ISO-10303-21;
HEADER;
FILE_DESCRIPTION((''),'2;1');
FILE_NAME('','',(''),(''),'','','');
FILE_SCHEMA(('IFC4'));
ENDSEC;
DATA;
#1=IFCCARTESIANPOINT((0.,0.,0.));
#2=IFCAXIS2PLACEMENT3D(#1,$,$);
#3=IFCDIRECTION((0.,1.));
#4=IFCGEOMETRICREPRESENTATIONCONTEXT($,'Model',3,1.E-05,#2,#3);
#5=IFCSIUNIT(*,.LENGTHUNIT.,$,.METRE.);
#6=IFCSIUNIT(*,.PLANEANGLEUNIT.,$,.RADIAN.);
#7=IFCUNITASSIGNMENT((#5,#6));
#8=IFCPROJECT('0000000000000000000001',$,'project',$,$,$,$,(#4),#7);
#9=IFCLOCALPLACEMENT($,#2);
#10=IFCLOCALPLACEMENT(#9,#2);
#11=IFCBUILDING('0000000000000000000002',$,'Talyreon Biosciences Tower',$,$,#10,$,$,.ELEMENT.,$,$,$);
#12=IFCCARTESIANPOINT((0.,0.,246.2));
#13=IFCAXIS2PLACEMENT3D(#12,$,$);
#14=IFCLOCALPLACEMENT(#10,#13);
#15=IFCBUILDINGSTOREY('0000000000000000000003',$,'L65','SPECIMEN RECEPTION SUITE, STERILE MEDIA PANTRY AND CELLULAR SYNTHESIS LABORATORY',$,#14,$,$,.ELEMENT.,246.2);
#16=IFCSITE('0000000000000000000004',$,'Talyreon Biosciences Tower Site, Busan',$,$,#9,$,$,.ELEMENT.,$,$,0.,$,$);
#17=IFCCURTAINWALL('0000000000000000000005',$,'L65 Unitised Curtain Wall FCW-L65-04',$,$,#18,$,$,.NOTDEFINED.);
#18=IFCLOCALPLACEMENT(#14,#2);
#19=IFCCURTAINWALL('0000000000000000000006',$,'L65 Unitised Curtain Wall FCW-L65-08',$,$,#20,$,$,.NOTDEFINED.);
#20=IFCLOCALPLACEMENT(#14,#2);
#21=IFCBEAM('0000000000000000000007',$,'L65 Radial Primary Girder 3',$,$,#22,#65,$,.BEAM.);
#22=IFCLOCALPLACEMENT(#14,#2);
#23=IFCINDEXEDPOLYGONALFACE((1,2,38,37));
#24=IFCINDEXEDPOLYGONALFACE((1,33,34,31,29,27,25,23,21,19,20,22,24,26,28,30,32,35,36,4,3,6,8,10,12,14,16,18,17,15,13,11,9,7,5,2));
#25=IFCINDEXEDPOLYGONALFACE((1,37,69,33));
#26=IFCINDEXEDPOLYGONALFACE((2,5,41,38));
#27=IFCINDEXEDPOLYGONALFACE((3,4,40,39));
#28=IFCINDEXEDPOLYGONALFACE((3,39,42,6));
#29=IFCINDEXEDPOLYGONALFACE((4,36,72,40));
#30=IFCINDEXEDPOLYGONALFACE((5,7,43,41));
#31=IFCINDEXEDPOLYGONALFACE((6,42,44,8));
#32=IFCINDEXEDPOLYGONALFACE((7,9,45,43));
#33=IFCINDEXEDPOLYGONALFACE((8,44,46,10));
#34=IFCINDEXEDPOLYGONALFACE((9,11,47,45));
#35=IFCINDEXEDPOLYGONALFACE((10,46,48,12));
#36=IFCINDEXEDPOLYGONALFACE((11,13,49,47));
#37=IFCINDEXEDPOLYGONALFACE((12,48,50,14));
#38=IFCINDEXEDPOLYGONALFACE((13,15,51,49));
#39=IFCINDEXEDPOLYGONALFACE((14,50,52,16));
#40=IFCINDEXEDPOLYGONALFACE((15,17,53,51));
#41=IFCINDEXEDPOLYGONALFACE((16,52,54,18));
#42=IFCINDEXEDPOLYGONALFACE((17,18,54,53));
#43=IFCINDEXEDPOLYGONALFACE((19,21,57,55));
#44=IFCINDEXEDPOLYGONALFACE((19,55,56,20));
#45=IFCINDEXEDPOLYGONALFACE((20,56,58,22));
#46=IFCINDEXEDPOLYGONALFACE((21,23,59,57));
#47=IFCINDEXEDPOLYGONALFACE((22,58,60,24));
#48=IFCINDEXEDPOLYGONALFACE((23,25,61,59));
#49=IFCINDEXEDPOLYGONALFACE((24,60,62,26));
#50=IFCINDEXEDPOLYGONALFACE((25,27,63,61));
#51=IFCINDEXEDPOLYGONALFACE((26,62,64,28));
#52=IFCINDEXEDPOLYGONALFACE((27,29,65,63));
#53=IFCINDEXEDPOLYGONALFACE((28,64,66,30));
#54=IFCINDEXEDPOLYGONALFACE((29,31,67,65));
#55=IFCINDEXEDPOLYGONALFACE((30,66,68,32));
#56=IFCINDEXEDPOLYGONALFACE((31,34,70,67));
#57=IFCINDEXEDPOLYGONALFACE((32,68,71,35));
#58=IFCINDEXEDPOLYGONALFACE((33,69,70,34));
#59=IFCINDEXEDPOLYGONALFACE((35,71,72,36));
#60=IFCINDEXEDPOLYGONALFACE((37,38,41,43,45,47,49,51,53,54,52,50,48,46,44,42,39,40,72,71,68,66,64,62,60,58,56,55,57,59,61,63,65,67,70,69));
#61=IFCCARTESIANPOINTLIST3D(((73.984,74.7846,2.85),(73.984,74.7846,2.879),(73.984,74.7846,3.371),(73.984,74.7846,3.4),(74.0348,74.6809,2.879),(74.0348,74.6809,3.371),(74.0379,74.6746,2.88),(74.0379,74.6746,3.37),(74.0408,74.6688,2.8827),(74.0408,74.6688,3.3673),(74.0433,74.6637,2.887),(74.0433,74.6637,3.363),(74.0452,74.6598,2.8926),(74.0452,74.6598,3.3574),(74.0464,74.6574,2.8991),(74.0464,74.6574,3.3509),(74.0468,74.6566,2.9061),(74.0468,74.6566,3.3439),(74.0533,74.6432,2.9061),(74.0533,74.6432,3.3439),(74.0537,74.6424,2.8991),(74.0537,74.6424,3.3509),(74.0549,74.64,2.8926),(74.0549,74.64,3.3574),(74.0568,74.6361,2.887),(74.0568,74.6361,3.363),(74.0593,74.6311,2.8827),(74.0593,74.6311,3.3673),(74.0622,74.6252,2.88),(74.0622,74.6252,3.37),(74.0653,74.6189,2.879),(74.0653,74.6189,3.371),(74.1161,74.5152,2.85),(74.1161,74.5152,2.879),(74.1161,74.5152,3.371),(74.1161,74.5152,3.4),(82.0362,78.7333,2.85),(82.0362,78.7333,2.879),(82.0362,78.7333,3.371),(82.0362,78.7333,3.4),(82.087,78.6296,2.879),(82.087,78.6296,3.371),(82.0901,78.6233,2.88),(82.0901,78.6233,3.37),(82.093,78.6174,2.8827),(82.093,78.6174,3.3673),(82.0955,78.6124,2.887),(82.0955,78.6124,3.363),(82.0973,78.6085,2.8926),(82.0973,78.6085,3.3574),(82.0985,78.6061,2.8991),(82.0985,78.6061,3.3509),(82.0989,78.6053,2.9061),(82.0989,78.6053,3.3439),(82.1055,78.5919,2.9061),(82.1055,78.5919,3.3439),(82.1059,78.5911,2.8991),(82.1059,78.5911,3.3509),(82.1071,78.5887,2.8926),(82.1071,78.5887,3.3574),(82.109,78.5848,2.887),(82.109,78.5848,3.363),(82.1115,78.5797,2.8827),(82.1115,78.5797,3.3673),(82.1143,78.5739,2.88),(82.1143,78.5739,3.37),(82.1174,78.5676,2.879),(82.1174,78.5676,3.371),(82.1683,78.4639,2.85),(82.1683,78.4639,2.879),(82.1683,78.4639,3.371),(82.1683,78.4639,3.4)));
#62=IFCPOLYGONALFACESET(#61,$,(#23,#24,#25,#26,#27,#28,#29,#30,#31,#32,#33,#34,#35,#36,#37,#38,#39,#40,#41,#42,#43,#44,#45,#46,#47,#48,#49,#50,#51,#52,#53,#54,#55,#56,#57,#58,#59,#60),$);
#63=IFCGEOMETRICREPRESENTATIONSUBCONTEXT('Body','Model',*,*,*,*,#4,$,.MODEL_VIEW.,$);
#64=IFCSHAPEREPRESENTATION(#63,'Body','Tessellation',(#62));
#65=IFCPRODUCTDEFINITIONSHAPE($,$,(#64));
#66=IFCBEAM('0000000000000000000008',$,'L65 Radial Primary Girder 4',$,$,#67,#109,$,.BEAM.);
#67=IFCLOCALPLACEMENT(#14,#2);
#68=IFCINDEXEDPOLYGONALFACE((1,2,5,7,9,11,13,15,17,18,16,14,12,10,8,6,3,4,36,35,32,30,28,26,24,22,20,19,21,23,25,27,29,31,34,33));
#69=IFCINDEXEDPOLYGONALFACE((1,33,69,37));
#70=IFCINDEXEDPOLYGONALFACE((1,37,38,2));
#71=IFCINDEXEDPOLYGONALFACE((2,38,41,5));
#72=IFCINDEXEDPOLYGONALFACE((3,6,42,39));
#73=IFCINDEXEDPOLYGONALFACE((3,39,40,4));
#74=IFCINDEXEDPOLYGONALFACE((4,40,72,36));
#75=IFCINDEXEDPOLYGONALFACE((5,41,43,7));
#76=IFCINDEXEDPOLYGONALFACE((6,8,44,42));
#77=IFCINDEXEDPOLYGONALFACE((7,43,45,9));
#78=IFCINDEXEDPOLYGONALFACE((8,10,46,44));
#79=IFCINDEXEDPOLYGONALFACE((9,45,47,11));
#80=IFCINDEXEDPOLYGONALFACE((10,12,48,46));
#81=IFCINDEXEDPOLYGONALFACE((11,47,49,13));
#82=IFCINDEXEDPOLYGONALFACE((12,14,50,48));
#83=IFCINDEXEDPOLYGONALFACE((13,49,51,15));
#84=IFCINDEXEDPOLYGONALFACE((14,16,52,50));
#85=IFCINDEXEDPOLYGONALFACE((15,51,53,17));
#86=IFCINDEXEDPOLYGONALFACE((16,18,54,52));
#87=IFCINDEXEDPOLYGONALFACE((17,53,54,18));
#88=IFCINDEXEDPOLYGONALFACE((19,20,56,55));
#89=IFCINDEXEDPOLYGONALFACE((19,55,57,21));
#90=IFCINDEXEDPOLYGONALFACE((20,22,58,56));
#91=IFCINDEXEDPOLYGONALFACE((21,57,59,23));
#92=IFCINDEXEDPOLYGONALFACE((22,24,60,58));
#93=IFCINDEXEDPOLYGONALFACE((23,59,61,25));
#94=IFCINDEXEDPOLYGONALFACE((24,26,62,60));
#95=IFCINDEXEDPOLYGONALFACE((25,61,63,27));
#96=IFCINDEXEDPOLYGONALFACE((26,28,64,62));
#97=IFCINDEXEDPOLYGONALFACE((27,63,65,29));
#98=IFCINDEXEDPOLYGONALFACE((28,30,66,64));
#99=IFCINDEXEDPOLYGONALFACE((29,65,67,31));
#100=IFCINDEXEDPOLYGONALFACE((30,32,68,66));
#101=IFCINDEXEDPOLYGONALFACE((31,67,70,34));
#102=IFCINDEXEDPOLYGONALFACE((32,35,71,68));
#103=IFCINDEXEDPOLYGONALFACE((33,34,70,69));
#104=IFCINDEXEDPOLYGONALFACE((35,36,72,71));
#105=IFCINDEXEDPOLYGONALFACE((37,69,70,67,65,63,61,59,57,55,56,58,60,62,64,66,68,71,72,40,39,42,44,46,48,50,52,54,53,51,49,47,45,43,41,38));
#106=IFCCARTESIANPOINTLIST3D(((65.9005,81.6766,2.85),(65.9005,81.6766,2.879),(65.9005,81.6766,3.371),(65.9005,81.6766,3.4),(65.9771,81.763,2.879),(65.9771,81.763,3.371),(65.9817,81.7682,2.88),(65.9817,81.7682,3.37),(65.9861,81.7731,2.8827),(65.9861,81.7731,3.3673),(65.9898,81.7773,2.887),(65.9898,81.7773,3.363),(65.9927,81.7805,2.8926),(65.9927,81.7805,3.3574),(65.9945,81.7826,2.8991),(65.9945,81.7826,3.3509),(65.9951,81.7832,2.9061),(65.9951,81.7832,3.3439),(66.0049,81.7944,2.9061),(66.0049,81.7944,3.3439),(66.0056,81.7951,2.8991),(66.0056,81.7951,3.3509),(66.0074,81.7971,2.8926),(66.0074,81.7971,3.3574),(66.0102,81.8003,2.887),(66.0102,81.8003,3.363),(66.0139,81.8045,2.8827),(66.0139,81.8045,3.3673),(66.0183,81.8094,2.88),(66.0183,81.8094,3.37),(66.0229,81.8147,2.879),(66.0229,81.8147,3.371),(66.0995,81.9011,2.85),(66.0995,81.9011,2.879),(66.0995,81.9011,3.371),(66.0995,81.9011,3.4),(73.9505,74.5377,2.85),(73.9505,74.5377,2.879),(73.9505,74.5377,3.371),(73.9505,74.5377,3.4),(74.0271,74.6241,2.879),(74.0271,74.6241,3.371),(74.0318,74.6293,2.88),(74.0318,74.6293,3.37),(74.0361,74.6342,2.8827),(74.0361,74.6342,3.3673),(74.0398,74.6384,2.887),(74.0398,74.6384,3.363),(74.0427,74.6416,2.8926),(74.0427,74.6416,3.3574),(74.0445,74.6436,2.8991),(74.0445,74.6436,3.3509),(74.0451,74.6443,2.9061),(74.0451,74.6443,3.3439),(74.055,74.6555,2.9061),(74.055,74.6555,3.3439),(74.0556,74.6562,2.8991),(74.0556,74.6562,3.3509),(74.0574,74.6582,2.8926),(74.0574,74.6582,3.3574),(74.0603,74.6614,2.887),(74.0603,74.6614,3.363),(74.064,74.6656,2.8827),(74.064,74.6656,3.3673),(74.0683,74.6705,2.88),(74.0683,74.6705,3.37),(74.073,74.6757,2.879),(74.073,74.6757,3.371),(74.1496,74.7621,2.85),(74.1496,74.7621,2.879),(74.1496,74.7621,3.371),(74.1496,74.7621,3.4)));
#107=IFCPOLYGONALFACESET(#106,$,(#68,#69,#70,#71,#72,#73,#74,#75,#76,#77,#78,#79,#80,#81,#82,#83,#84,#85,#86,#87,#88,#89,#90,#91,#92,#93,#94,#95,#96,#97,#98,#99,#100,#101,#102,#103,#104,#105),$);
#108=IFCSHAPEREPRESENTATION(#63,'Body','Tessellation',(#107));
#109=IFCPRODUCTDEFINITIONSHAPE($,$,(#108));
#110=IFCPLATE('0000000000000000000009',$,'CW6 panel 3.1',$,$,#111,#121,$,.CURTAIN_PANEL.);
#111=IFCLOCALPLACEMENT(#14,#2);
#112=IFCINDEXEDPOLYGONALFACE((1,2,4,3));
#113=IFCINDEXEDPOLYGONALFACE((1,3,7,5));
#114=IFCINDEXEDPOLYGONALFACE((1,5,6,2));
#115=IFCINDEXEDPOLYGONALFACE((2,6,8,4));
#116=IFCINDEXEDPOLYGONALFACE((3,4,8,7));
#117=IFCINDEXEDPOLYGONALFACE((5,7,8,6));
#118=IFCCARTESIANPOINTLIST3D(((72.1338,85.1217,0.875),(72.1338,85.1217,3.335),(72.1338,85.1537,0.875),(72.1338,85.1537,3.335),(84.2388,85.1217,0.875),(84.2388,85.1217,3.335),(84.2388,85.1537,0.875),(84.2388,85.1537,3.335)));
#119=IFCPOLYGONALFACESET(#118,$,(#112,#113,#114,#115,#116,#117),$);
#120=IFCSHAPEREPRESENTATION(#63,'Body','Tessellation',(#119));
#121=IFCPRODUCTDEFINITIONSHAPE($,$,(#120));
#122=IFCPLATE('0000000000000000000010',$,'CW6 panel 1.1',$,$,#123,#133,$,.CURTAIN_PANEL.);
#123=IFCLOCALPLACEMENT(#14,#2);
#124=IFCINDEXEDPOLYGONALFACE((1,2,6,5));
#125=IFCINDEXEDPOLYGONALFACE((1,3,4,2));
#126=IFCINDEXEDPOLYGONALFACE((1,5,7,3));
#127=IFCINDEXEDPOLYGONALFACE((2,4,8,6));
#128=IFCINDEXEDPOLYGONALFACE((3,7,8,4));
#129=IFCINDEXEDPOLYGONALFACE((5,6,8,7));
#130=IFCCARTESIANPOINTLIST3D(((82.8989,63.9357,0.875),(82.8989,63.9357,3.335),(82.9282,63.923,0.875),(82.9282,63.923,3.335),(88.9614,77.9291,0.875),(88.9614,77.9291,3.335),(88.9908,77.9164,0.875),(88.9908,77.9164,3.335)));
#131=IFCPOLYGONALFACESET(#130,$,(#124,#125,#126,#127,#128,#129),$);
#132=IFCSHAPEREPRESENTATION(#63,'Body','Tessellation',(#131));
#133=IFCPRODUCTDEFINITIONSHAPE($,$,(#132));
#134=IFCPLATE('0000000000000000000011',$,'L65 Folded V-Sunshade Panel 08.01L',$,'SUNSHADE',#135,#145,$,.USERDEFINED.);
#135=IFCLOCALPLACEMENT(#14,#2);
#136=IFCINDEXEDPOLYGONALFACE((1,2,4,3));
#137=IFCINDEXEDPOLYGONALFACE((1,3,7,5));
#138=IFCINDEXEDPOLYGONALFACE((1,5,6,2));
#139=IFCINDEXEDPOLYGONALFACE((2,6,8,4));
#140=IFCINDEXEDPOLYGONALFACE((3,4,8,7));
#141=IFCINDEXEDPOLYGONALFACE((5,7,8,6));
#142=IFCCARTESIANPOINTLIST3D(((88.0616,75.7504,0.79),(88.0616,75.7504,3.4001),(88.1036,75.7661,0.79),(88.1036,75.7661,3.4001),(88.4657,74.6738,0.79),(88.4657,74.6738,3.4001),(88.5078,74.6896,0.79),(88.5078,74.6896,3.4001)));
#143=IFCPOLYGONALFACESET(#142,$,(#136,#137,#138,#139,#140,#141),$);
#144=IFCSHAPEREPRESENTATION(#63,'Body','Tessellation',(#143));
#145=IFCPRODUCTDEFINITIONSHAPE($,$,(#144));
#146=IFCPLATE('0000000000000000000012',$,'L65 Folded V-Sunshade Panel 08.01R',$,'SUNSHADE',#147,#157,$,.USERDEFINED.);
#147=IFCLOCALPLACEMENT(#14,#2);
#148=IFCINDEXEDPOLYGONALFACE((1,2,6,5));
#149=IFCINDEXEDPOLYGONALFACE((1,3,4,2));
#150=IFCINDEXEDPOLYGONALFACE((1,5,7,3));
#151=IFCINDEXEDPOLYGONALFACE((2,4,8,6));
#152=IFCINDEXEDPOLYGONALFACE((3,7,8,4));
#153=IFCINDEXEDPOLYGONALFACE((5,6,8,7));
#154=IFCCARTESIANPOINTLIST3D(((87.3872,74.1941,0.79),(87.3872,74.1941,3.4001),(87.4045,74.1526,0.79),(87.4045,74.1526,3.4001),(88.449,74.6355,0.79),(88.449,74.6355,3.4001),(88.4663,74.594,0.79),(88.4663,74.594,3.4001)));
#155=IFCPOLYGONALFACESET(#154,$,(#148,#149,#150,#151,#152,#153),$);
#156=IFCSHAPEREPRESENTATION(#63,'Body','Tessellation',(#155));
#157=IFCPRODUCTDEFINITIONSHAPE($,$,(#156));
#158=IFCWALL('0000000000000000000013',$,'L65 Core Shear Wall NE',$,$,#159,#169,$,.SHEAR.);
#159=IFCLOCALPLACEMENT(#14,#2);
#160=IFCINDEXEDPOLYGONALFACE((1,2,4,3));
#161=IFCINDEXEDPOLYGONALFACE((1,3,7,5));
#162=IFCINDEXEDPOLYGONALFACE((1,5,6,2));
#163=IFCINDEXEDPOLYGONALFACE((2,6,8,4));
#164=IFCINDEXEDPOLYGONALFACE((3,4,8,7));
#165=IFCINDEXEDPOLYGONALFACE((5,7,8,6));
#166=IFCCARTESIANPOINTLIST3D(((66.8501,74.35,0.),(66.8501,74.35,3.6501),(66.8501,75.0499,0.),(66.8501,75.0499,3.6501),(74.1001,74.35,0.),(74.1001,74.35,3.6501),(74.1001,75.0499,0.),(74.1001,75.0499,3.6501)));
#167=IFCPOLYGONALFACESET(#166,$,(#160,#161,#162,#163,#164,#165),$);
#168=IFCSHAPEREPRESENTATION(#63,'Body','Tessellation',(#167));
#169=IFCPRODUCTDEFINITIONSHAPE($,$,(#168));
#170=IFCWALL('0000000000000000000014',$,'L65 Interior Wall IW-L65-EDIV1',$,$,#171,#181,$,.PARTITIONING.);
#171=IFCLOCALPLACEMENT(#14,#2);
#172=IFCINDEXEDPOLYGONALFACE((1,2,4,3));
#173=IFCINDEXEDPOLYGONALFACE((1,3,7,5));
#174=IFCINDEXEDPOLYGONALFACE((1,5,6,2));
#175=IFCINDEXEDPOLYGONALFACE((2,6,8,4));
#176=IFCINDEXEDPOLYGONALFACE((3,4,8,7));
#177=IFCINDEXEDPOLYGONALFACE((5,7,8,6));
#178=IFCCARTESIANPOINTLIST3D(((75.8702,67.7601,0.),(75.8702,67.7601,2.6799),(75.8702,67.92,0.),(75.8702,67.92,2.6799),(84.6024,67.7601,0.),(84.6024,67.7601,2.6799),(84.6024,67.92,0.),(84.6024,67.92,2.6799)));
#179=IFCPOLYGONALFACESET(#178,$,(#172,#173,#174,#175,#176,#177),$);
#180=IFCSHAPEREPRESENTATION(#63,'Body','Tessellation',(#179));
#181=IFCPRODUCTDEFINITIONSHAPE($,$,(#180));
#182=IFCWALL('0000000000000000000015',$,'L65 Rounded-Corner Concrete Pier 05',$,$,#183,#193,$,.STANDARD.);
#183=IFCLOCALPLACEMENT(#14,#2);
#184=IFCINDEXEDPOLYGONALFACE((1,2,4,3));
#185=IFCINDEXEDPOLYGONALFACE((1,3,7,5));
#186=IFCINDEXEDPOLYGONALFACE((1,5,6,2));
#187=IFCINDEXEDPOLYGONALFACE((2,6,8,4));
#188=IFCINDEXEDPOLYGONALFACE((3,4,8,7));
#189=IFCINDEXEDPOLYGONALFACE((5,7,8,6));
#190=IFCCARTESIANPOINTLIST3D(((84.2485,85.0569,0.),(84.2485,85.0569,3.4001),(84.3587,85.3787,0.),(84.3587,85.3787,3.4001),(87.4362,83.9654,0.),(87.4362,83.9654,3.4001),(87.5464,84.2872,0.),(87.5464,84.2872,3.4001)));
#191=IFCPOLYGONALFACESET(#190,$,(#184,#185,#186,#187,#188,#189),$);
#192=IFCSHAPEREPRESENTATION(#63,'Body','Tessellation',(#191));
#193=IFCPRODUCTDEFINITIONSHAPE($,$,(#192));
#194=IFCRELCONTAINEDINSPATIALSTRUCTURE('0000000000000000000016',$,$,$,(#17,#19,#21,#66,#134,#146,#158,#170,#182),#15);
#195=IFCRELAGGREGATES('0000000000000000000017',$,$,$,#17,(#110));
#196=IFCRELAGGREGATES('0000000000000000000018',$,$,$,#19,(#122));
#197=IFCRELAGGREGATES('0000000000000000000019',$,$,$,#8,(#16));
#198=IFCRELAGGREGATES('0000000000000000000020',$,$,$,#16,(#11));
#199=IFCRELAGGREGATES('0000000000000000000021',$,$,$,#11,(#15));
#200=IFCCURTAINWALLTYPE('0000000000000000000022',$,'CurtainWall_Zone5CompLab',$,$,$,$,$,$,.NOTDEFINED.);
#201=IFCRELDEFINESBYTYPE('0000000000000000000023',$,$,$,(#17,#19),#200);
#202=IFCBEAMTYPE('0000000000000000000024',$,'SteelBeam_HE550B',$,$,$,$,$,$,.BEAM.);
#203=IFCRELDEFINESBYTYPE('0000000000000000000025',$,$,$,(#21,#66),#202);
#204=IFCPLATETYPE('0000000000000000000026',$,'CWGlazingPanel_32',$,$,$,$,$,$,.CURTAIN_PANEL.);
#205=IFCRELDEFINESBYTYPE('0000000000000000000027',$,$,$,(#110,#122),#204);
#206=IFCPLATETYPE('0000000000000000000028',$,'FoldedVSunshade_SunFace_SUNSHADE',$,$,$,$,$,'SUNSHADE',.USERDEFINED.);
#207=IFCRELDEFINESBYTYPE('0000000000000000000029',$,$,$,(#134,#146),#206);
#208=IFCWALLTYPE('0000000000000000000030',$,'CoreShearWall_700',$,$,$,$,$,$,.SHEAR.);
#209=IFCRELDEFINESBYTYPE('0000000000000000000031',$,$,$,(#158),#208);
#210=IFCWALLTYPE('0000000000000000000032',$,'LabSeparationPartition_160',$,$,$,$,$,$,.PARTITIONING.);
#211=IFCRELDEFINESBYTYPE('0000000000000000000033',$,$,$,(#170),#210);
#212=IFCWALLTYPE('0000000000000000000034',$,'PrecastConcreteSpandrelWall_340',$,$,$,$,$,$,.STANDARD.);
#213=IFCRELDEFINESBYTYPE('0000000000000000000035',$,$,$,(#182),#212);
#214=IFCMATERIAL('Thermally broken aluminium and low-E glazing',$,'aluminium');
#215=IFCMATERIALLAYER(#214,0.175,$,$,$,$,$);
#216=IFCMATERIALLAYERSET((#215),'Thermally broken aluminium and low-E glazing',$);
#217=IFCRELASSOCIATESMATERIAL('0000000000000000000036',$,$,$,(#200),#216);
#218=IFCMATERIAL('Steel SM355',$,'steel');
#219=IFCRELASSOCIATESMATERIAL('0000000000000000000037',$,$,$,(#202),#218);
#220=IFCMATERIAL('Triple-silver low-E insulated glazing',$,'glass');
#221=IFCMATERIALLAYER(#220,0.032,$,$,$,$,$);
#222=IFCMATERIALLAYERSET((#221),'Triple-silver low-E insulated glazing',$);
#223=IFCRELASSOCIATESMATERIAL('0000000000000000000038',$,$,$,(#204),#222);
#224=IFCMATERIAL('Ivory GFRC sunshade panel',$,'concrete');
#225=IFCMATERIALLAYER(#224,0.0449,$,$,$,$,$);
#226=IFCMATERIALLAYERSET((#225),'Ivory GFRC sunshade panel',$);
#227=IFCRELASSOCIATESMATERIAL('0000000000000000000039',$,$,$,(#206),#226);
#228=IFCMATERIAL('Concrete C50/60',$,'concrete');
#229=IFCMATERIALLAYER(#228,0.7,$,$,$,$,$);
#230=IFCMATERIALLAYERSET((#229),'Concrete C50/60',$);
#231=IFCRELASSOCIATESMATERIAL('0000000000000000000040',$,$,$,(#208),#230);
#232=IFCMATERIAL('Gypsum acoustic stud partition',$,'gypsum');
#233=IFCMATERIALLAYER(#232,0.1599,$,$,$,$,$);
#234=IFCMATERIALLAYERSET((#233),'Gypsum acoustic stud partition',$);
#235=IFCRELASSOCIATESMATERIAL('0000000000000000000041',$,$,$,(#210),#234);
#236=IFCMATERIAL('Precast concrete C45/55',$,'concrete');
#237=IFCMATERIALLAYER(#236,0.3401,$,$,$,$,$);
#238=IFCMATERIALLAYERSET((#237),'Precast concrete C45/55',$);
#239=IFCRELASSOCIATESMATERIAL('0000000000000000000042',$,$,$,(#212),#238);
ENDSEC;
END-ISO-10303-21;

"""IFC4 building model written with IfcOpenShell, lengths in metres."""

from ifc_helpers import new_model, si_unit, direction, frame, frame_2d, origin, origin_2d, place, context, subcontext, project, spatial, rectangle, i_section, extrude, material, layer, layer_set, material_profile, profile_set, type_object, element, aggregate, save


model = new_model("IFC4")

# Units and contexts
model_context = context("Model", 3, precision=1e-05, world=origin(), true_north=direction((0.0, 1.0)))
body_context = subcontext(model_context, "Body", "Model", "MODEL_VIEW")
ifc_project = project(units=[si_unit("LENGTHUNIT", "METRE"), si_unit("PLANEANGLEUNIT", "RADIAN")], contexts=[model_context])

# Site, building, storey
site_placement = place(None, origin())
site = spatial("IfcSite", under=ifc_project, at=site_placement, Name="Talyreon Biosciences Tower Site, Busan", CompositionType="ELEMENT", RefElevation=0.0)
building_placement = place(site_placement, origin())
building = spatial("IfcBuilding", under=site, at=building_placement, Name="Talyreon Biosciences Tower", CompositionType="ELEMENT")
storey_placement = place(building_placement, frame((0.0, 0.0, 246.2)))
storey = spatial("IfcBuildingStorey", under=building, at=storey_placement, Name="L65", Description="SPECIMEN RECEPTION SUITE, STERILE MEDIA PANTRY AND CELLULAR SYNTHESIS LABORATORY", CompositionType="ELEMENT", Elevation=246.2)

# Shared definitions
ifc_material_1 = material(Name="Concrete C50/60", Category="concrete")

# Curtain wall
ifc_material_2 = material(Name="Thermally broken aluminium and low-E glazing", Category="aluminium")
ifc_layer_1 = layer(ifc_material_2, 0.175)
ifc_layer_set_1 = layer_set([ifc_layer_1], Name="Thermally broken aluminium and low-E glazing")
curtain_wall_type = type_object("IfcCurtainWallType", Name="CurtainWall_Zone5CompLab", PredefinedType="NOTDEFINED", material=ifc_layer_set_1)
curtain_wall_1_placement = place(storey_placement, origin())
curtain_wall_1 = element("IfcCurtainWall", 1, at=curtain_wall_1_placement, inside=storey, type_object=curtain_wall_type, Name="L65 Unitised Curtain Wall FCW-L65-04", PredefinedType="NOTDEFINED")

# Curtain wall
curtain_wall_2_placement = place(storey_placement, origin())
curtain_wall_2 = element("IfcCurtainWall", 2, at=curtain_wall_2_placement, inside=storey, type_object=curtain_wall_type, Name="L65 Unitised Curtain Wall FCW-L65-08", PredefinedType="NOTDEFINED")

# Beams
ifc_material_3 = material(Name="Precast concrete C45/55", Category="concrete")
ifc_material_4 = material(Name="Steel SM355", Category="steel")
ifc_material_profile_1 = material_profile(ifc_material_4, i_section(OverallWidth=0.3, OverallDepth=0.55, WebThickness=0.0149, FlangeThickness=0.0291, FilletRadius=0.0271, at=origin_2d()), Name="HE550B")
ifc_profile_set_1 = profile_set([ifc_material_profile_1], Name="Steel SM355")
beam_type_1 = type_object("IfcBeamType", Name="SteelBeam_HE550B", PredefinedType="BEAM", material=ifc_profile_set_1)
beam_1_placement = place(storey_placement, frame((74.05, 74.6499, 3.125), z_axis=(0.897852, 0.440297, 0.0), x_axis=(-0.440297, 0.897852, 0.0)))
element("IfcBeam", 3, at=beam_1_placement, inside=storey, type_object=beam_type_1, Name="L65 Radial Primary Girder 3", PredefinedType="BEAM", context=body_context, shape_type="SweptSolid", body=[
    extrude(i_section(OverallWidth=0.3, OverallDepth=0.55, WebThickness=0.0149, FlangeThickness=0.0291, FilletRadius=0.0271, at=origin_2d()), origin(), (0.0, 0.0, 1.0), 8.9683),
])
beam_2_placement = place(storey_placement, frame((74.05, 74.6499, 3.125), z_axis=(-0.748179, 0.663497, 0.0), x_axis=(-0.663497, -0.748179, 0.0)))
element("IfcBeam", 4, at=beam_2_placement, inside=storey, type_object=beam_type_1, Name="L65 Radial Primary Girder 4", PredefinedType="BEAM", context=body_context, shape_type="SweptSolid", body=[
    extrude(i_section(OverallWidth=0.3, OverallDepth=0.55, WebThickness=0.0149, FlangeThickness=0.0291, FilletRadius=0.0271, at=origin_2d()), origin(), (0.0, 0.0, 1.0), 10.7595),
])

# Plates
ifc_material_5 = material(Name="Triple-silver low-E insulated glazing", Category="glass")
ifc_layer_2 = layer(ifc_material_5, 0.032)
ifc_layer_set_2 = layer_set([ifc_layer_2], Name="Triple-silver low-E insulated glazing")
plate_type_1 = type_object("IfcPlateType", Name="CWGlazingPanel_32", PredefinedType="CURTAIN_PANEL", material=ifc_layer_set_2)
plate_1_placement = place(storey_placement, frame((78.1863, 85.1377, 0.875), z_axis=(0.0, 0.0, 1.0), x_axis=(1.0, 0.0, 0.0)))
plate_1 = element("IfcPlate", 5, at=plate_1_placement, type_object=plate_type_1, Name="CW6 panel 3.1", PredefinedType="CURTAIN_PANEL", context=body_context, shape_type="SweptSolid", body=[
    extrude(rectangle(XDim=12.105, YDim=0.032, at=origin_2d()), origin(), (0.0, 0.0, 1.0), 2.46),
])
aggregate(curtain_wall_1, [plate_1])
plate_2_placement = place(storey_placement, frame((85.9448, 70.926, 0.875), z_axis=(0.0, 0.0, 1.0), x_axis=(-0.397537, -0.917586, 0.0)))
plate_2 = element("IfcPlate", 6, at=plate_2_placement, type_object=plate_type_1, Name="CW6 panel 1.1", PredefinedType="CURTAIN_PANEL", context=body_context, shape_type="SweptSolid", body=[
    extrude(rectangle(XDim=15.2502, YDim=0.032, at=origin_2d()), origin(), (0.0, 0.0, 1.0), 2.46),
])
aggregate(curtain_wall_2, [plate_2])

# Plates
ifc_material_6 = material(Name="Ivory GFRC sunshade panel", Category="concrete")
ifc_layer_3 = layer(ifc_material_6, 0.0449)
ifc_layer_set_3 = layer_set([ifc_layer_3], Name="Ivory GFRC sunshade panel")
plate_type_2 = type_object("IfcPlateType", Name="FoldedVSunshade_SunFace_SUNSHADE", ElementType="SUNSHADE", PredefinedType="USERDEFINED", material=ifc_layer_set_3)
for number, where, z_axis, x_axis, name in (
    (7, (88.2847, 75.22, 0.79), (0.0, 0.0, 1.0), (0.35145, -0.936207, 0.0), "L65 Folded V-Sunshade Panel 08.01L"),
    (8, (87.9268, 74.394, 0.79), (0.0, 0.0, 1.0), (-0.923371, -0.383909, 0.0), "L65 Folded V-Sunshade Panel 08.01R"),
):
    element("IfcPlate", number, at=place(storey_placement, frame(where, z_axis=z_axis, x_axis=x_axis)), inside=storey, type_object=plate_type_2, Name=name, ObjectType="SUNSHADE", PredefinedType="USERDEFINED", context=body_context, shape_type="SweptSolid", body=[
        extrude(rectangle(XDim=1.1499, YDim=0.0449, at=origin_2d()), origin(), (0.0, 0.0, 1.0), 2.6101),
    ])

# Walls
ifc_layer_4 = layer(ifc_material_1, 0.7)
ifc_layer_set_4 = layer_set([ifc_layer_4], Name="Concrete C50/60")
wall_type_1 = type_object("IfcWallType", Name="CoreShearWall_700", PredefinedType="SHEAR", material=ifc_layer_set_4)
wall_1_placement = place(storey_placement, frame((74.1001, 74.7, 0.0), z_axis=(0.0, 0.0, 1.0), x_axis=(-1.0, 0.0, 0.0)))
element("IfcWall", 9, at=wall_1_placement, inside=storey, type_object=wall_type_1, Name="L65 Core Shear Wall NE", PredefinedType="SHEAR", context=body_context, shape_type="SweptSolid", body=[
    extrude(rectangle(XDim=7.25, YDim=0.7, at=frame_2d((3.625, 0.0))), origin(), (0.0, 0.0, 1.0), 3.6501),
])
ifc_material_7 = material(Name="Gypsum acoustic stud partition", Category="gypsum")
ifc_layer_5 = layer(ifc_material_7, 0.1599)
ifc_layer_set_5 = layer_set([ifc_layer_5], Name="Gypsum acoustic stud partition")
wall_type_2 = type_object("IfcWallType", Name="LabSeparationPartition_160", PredefinedType="PARTITIONING", material=ifc_layer_set_5)
wall_2_placement = place(storey_placement, frame((75.8701, 67.8401, 0.0), z_axis=(0.0, 0.0, 1.0), x_axis=(1.0, 0.0, 0.0)))
element("IfcWall", 10, at=wall_2_placement, inside=storey, type_object=wall_type_2, Name="L65 Interior Wall IW-L65-EDIV1", PredefinedType="PARTITIONING", context=body_context, shape_type="SweptSolid", body=[
    extrude(rectangle(XDim=8.7322, YDim=0.1599, at=frame_2d((4.3662, 0.0))), origin(), (0.0, 0.0, 1.0), 2.6799),
])
ifc_layer_6 = layer(ifc_material_3, 0.3401)
ifc_layer_set_6 = layer_set([ifc_layer_6], Name="Precast concrete C45/55")
wall_type_3 = type_object("IfcWallType", Name="PrecastConcreteSpandrelWall_340", PredefinedType="STANDARD", material=ifc_layer_set_6)
wall_3_placement = place(storey_placement, frame((84.3037, 85.2178, 0.0), z_axis=(0.0, 0.0, 1.0), x_axis=(0.946072, -0.323956, 0.0)))
element("IfcWall", 11, at=wall_3_placement, inside=storey, type_object=wall_type_3, Name="L65 Rounded-Corner Concrete Pier 05", PredefinedType="STANDARD", context=body_context, shape_type="SweptSolid", body=[
    extrude(rectangle(XDim=3.3694, YDim=0.3401, at=frame_2d((1.6846, 0.0))), origin(), (0.0, 0.0, 1.0), 3.4001),
])

save(model, "model.ifc")
